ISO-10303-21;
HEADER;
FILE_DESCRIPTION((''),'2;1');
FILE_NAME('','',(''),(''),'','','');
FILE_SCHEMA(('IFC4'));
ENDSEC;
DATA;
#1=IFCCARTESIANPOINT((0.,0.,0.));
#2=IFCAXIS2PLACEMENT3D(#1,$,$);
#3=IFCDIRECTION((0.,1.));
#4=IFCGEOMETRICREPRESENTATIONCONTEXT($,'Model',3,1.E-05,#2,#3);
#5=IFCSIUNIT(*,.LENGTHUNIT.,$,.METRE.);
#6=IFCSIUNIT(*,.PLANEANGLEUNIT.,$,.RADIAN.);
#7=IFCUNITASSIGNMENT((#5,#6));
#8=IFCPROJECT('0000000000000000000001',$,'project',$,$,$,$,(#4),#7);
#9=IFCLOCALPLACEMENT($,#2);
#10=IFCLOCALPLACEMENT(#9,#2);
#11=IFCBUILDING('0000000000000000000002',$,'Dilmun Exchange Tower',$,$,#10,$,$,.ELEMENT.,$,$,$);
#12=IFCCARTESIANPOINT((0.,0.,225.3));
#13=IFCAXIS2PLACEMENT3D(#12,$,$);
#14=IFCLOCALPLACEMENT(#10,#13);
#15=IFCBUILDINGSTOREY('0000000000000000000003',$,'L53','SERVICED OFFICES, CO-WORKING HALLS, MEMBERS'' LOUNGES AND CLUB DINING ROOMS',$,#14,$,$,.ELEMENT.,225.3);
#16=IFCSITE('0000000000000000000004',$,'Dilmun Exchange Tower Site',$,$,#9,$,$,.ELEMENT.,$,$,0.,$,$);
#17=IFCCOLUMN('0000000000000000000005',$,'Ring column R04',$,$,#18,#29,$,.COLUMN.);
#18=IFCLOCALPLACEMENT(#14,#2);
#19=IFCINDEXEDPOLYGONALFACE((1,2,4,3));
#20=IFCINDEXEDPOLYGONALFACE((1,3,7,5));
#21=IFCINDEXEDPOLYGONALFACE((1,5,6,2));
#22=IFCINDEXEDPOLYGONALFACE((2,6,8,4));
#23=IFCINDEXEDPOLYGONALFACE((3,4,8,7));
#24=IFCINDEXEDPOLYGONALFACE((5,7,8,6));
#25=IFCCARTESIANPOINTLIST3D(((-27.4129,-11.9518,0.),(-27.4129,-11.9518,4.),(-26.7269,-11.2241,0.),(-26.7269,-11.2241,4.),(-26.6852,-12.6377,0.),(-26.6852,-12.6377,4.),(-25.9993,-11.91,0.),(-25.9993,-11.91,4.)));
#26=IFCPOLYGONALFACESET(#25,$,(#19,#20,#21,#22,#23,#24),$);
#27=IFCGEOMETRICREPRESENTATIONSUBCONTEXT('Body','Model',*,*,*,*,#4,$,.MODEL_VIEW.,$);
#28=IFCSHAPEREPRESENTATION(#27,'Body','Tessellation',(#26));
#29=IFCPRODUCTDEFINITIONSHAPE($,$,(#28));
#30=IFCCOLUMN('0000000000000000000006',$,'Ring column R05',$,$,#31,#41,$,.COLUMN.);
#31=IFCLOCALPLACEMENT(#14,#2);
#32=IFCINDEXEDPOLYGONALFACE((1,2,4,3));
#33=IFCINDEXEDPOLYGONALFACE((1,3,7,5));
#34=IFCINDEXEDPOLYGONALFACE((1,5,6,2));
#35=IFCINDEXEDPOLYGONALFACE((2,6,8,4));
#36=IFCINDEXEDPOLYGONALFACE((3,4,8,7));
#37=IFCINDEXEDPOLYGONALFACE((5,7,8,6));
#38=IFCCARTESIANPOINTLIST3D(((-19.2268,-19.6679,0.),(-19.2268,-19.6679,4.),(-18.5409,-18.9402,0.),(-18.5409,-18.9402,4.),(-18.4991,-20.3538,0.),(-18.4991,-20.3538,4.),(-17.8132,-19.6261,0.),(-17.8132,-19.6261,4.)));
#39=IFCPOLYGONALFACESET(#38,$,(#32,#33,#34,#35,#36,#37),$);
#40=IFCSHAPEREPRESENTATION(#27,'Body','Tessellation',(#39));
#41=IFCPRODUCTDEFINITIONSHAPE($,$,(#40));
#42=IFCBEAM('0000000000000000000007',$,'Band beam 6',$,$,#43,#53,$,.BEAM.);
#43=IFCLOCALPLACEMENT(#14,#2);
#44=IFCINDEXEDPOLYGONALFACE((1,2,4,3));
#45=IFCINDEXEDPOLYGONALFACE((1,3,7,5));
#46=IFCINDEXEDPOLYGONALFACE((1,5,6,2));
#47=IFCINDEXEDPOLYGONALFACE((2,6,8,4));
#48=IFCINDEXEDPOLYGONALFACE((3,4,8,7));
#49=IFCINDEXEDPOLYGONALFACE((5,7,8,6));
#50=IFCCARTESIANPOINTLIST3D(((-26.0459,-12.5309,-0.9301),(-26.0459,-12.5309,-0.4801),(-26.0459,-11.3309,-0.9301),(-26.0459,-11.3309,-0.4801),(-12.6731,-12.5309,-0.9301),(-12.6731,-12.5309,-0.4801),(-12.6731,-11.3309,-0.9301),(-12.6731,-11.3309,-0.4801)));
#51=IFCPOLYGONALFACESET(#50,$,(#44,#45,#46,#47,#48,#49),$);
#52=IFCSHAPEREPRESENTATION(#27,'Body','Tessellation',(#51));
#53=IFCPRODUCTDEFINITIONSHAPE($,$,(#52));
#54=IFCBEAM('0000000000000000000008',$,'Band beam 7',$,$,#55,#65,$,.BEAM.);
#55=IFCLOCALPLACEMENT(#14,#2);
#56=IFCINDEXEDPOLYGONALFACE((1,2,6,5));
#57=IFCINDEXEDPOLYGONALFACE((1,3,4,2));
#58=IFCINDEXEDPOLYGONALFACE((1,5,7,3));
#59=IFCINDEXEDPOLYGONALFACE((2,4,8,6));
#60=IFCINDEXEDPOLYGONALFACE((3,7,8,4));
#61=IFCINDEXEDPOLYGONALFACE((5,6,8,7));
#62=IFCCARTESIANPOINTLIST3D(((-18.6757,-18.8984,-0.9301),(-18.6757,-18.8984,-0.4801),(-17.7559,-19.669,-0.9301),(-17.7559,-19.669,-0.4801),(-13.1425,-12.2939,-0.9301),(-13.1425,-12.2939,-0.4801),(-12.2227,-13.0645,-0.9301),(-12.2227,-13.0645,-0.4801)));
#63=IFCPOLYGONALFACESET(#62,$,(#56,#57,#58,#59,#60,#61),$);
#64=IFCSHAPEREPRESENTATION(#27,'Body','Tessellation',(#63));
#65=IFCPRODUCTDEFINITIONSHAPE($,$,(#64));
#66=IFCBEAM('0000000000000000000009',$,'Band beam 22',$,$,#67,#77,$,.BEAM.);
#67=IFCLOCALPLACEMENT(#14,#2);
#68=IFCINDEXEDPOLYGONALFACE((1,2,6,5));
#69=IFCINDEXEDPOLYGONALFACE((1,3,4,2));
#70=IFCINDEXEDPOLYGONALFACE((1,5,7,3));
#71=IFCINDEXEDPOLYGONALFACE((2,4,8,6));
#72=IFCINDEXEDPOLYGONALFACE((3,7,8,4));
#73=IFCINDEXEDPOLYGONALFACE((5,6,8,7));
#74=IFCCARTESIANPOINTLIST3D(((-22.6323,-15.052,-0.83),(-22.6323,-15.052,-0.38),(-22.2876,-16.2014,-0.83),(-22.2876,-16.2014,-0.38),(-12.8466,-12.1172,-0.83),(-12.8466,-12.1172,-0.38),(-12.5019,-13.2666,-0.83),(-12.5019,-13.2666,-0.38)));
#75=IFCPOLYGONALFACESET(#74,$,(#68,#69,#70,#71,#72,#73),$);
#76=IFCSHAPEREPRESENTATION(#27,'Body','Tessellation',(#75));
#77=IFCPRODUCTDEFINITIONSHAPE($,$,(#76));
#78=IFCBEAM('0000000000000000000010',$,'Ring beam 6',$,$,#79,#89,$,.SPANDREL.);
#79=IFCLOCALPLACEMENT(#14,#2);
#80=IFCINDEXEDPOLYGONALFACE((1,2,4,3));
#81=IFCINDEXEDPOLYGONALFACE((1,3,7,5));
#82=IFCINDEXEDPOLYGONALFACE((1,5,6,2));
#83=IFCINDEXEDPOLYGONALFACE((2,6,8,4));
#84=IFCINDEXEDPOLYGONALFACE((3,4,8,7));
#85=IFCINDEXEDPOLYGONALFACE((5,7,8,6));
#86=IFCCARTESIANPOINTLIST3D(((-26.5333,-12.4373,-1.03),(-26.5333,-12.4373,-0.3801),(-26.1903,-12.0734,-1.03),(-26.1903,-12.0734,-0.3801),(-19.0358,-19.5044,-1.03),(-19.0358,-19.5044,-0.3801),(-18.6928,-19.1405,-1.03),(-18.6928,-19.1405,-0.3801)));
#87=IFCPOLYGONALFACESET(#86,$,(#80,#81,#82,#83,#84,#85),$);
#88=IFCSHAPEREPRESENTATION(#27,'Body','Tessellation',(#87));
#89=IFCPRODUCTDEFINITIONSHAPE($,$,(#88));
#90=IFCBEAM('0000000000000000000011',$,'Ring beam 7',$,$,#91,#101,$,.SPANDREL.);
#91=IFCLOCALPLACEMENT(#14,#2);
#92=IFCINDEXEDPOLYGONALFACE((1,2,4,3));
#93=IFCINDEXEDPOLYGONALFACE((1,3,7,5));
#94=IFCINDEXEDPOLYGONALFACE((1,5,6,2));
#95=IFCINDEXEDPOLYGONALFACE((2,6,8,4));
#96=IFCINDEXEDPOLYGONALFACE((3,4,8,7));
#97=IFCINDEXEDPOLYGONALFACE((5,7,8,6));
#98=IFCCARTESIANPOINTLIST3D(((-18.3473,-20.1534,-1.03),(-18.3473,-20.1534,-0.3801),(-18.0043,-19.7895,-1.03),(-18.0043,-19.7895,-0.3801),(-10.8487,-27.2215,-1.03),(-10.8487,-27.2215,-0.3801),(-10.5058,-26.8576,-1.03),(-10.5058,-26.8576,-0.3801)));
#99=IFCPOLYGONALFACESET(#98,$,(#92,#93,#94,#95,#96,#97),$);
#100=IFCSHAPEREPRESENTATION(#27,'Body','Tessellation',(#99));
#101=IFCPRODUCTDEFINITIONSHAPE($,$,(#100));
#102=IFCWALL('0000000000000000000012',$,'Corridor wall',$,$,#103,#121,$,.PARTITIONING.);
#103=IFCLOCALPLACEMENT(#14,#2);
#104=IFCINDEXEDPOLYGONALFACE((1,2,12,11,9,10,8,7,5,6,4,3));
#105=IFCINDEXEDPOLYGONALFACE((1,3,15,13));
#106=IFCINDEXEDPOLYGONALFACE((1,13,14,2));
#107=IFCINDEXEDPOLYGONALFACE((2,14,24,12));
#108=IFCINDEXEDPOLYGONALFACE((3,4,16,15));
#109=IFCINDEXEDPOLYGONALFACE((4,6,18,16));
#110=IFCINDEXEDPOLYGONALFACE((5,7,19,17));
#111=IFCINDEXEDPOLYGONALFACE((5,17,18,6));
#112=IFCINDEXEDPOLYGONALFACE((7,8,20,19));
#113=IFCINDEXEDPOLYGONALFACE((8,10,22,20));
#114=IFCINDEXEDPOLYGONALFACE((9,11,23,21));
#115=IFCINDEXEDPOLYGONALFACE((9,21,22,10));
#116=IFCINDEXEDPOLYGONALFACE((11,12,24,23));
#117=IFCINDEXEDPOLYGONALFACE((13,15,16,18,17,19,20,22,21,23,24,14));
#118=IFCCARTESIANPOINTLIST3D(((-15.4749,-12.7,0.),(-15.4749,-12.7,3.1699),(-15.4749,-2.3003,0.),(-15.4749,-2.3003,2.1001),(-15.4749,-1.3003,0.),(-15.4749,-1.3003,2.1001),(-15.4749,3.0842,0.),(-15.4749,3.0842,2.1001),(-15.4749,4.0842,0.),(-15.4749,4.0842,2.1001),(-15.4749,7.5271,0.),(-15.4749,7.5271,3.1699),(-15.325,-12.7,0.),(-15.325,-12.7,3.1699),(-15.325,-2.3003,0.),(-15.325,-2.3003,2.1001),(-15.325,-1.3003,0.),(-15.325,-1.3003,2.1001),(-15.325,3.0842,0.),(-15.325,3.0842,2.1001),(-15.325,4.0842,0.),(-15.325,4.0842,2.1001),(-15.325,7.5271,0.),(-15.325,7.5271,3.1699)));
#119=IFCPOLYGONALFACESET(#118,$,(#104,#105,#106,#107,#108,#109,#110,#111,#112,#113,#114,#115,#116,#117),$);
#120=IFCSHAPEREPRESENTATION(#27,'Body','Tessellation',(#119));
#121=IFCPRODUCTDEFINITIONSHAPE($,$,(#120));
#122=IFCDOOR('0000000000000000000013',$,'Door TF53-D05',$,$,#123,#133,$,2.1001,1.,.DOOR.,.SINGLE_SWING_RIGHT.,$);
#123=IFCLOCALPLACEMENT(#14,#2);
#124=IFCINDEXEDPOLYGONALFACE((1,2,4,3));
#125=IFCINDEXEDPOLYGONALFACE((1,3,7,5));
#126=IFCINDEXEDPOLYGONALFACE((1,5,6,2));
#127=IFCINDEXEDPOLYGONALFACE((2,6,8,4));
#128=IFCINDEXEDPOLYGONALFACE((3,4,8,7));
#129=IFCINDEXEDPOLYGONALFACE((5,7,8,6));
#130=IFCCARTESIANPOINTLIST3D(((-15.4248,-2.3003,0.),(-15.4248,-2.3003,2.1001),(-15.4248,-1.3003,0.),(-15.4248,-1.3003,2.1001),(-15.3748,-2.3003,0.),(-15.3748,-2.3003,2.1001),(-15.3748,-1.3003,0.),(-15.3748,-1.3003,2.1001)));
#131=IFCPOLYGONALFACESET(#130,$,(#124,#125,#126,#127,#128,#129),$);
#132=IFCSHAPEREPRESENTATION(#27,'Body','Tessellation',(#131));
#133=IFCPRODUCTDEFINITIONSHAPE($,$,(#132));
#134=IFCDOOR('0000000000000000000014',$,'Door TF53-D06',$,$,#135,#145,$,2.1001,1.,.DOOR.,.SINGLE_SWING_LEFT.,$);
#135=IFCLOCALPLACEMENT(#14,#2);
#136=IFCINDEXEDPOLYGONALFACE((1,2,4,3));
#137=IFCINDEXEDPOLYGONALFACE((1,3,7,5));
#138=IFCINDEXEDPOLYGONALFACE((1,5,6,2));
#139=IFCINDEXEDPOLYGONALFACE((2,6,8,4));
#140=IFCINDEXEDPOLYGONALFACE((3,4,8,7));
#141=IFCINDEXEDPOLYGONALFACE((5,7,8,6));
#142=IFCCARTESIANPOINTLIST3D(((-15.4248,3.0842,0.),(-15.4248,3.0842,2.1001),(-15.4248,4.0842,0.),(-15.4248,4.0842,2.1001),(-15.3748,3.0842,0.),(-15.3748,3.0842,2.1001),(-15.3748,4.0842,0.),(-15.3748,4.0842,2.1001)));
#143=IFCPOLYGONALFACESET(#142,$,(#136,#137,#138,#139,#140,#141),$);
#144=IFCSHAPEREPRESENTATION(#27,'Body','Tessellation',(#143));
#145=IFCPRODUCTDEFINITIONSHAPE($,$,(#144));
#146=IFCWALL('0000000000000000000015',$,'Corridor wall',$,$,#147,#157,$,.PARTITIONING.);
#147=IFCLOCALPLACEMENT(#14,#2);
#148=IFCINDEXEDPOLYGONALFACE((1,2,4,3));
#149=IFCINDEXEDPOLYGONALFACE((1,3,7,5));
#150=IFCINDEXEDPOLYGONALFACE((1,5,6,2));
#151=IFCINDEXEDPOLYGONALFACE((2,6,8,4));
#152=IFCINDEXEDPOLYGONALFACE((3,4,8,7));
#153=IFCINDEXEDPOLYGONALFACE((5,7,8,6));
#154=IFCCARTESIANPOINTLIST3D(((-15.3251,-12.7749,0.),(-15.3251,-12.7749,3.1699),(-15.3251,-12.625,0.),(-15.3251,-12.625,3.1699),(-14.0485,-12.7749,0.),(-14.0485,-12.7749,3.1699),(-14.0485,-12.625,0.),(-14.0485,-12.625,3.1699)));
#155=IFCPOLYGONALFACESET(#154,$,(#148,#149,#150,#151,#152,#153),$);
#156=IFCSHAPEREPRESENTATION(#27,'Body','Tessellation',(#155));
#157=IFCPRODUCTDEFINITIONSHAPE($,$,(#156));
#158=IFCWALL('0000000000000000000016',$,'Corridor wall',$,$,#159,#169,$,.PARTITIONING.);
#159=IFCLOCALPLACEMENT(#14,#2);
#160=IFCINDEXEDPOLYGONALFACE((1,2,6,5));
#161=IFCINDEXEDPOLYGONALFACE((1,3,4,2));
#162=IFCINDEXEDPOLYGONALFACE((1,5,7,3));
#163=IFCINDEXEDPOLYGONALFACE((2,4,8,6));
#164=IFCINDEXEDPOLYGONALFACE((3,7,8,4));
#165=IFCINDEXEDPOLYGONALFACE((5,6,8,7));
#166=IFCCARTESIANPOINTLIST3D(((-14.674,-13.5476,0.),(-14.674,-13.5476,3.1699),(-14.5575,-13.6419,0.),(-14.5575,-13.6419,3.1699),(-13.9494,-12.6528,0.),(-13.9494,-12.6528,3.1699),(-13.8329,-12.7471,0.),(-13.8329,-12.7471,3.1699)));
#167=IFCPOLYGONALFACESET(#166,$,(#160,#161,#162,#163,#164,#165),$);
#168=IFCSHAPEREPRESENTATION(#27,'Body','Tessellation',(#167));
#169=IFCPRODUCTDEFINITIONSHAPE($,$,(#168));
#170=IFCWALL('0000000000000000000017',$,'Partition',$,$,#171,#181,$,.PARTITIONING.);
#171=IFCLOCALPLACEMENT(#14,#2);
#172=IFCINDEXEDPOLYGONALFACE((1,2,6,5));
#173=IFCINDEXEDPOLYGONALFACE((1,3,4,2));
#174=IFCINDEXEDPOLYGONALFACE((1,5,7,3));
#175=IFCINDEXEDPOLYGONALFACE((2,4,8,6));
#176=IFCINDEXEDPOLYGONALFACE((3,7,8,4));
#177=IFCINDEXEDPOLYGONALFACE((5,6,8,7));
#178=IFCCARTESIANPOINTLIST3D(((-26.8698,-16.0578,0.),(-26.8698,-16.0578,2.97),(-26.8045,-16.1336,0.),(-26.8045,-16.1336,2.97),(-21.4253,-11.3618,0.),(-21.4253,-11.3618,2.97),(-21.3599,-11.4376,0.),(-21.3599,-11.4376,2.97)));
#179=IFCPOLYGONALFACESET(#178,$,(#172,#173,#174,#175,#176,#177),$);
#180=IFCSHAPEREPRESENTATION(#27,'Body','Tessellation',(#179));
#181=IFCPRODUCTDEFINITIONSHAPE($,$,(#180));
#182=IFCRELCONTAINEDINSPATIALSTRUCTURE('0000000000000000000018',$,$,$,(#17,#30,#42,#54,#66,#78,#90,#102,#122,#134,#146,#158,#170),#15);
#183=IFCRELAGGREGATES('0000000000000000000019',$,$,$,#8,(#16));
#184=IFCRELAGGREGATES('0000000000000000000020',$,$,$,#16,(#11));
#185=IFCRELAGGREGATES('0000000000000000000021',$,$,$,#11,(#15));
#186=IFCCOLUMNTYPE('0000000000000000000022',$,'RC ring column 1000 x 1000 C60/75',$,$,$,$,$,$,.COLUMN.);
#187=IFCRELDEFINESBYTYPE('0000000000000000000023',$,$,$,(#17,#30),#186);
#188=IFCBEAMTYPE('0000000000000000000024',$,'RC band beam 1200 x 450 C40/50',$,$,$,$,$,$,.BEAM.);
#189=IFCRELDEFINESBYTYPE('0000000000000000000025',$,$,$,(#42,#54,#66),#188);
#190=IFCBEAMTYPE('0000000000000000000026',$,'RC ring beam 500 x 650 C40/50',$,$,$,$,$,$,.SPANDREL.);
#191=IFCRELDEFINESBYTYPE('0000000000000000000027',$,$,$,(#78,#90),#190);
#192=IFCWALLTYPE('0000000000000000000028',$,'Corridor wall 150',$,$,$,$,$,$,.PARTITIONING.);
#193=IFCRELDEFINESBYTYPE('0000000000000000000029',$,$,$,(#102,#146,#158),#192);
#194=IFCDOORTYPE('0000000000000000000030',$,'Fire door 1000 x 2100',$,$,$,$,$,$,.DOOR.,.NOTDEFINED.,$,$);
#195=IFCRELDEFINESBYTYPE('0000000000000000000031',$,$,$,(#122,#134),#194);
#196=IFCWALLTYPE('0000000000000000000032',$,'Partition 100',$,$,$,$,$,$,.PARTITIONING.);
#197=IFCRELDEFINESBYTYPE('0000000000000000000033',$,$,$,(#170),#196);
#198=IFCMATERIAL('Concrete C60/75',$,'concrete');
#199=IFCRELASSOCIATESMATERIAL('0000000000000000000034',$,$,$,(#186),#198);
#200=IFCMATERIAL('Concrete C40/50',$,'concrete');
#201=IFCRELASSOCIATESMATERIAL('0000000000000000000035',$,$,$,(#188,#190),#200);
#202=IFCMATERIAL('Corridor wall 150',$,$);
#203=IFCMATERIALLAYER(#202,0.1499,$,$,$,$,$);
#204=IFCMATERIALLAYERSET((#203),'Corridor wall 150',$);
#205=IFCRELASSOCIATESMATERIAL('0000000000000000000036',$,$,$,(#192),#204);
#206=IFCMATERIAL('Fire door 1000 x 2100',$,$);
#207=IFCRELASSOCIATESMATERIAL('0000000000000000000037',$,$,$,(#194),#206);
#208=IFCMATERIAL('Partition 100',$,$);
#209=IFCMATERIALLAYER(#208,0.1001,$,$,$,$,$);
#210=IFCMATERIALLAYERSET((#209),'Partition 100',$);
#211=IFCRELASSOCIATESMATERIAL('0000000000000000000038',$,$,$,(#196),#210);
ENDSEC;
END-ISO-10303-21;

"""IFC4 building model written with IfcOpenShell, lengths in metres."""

from ifc_helpers import new_model, si_unit, direction, frame, frame_2d, origin, origin_2d, place, context, subcontext, project, spatial, rectangle, extrude, material, layer, layer_set, material_profile, profile_set, type_object, element, fill, save


model = new_model("IFC4")

# Units and contexts
model_context = context("Model", 3, precision=1e-05, world=origin(), true_north=direction((0.0, 1.0)))
body_context = subcontext(model_context, "Body", "Model", "MODEL_VIEW")
ifc_project = project(units=[si_unit("LENGTHUNIT", "METRE"), si_unit("PLANEANGLEUNIT", "RADIAN")], contexts=[model_context])

# Site, building, storey
site_placement = place(None, origin())
site = spatial("IfcSite", under=ifc_project, at=site_placement, Name="Dilmun Exchange Tower Site", CompositionType="ELEMENT", RefElevation=0.0)
building_placement = place(site_placement, origin())
building = spatial("IfcBuilding", under=site, at=building_placement, Name="Dilmun Exchange Tower", CompositionType="ELEMENT")
storey_placement = place(building_placement, frame((0.0, 0.0, 225.3)))
storey = spatial("IfcBuildingStorey", under=building, at=storey_placement, Name="L53", Description="SERVICED OFFICES, CO-WORKING HALLS, MEMBERS' LOUNGES AND CLUB DINING ROOMS", CompositionType="ELEMENT", Elevation=225.3)

# Columns
ifc_material_1 = material(Name="Concrete C60/75", Category="concrete")
ifc_material_profile_1 = material_profile(ifc_material_1, rectangle(XDim=1.0, YDim=1.0, at=origin_2d()), Name="1000 x 1000")
ifc_profile_set_1 = profile_set([ifc_material_profile_1], Name="Concrete C60/75")
column_type = type_object("IfcColumnType", Name="RC ring column 1000 x 1000 C60/75", PredefinedType="COLUMN", material=ifc_profile_set_1)
for number, where, z_axis, x_axis, name in (
    (1, (-26.7061, -11.9309, 0.0), (0.0, 0.0, 1.0), (0.685916, 0.727681, 0.0), "Ring column R04"),
    (2, (-18.52, -19.647, 0.0), (0.0, 0.0, 1.0), (0.685916, 0.727681, 0.0), "Ring column R05"),
):
    element("IfcColumn", number, at=place(storey_placement, frame(where, z_axis=z_axis, x_axis=x_axis)), inside=storey, type_object=column_type, Name=name, PredefinedType="COLUMN", context=body_context, shape_type="SweptSolid", body=[
        extrude(rectangle(XDim=1.0, YDim=1.0, at=origin_2d()), origin(), (0.0, 0.0, 1.0), 4.0),
    ])

# Beams
ifc_material_2 = material(Name="Concrete C40/50", Category="concrete")
ifc_material_profile_2 = material_profile(ifc_material_2, rectangle(XDim=1.2, YDim=0.45, at=origin_2d()), Name="1200 x 450")
ifc_profile_set_2 = profile_set([ifc_material_profile_2], Name="Concrete C40/50")
beam_type_1 = type_object("IfcBeamType", Name="RC band beam 1200 x 450 C40/50", PredefinedType="BEAM", material=ifc_profile_set_2)
beam_1_placement = place(storey_placement, frame((-26.0459, -11.9309, -0.7051), z_axis=(1.0, 0.0, 0.0), x_axis=(0.0, 1.0, 0.0)))
element("IfcBeam", 3, at=beam_1_placement, inside=storey, type_object=beam_type_1, Name="Band beam 6", PredefinedType="BEAM", context=body_context, shape_type="SweptSolid", body=[
    extrude(rectangle(XDim=1.2, YDim=0.45, at=origin_2d()), origin(), (0.0, 0.0, 1.0), 13.3728),
])
beam_2_placement = place(storey_placement, frame((-18.2158, -19.2837, -0.7051), z_axis=(0.6422, 0.766537, 0.0), x_axis=(-0.766537, 0.6422, 0.0)))
element("IfcBeam", 4, at=beam_2_placement, inside=storey, type_object=beam_type_1, Name="Band beam 7", PredefinedType="BEAM", context=body_context, shape_type="SweptSolid", body=[
    extrude(rectangle(XDim=1.2, YDim=0.45, at=origin_2d()), origin(), (0.0, 0.0, 1.0), 8.616),
])
beam_3_placement = place(storey_placement, frame((-22.46, -15.6267, -0.605), z_axis=(0.95785, 0.287269, 0.0), x_axis=(-0.287269, 0.95785, 0.0)))
element("IfcBeam", 5, at=beam_3_placement, inside=storey, type_object=beam_type_1, Name="Band beam 22", PredefinedType="BEAM", context=body_context, shape_type="SweptSolid", body=[
    extrude(rectangle(XDim=1.2, YDim=0.45, at=origin_2d()), origin(), (0.0, 0.0, 1.0), 10.2163),
])
ifc_material_profile_3 = material_profile(ifc_material_2, rectangle(XDim=0.5, YDim=0.6499, at=origin_2d()), Name="500 x 650")
ifc_profile_set_3 = profile_set([ifc_material_profile_3], Name="Concrete C40/50")
beam_type_2 = type_object("IfcBeamType", Name="RC ring beam 500 x 650 C40/50", PredefinedType="SPANDREL", material=ifc_profile_set_3)
beam_4_placement = place(storey_placement, frame((-26.3618, -12.2554, -0.7051), z_axis=(0.727686, -0.685911, 0.0), x_axis=(0.685911, 0.727686, 0.0)))
element("IfcBeam", 6, at=beam_4_placement, inside=storey, type_object=beam_type_2, Name="Ring beam 6", PredefinedType="SPANDREL", context=body_context, shape_type="SweptSolid", body=[
    extrude(rectangle(XDim=0.5, YDim=0.6499, at=origin_2d()), origin(), (0.0, 0.0, 1.0), 10.3032),
])
beam_5_placement = place(storey_placement, frame((-18.1758, -19.9714, -0.7051), z_axis=(0.727683, -0.685914, 0.0), x_axis=(0.685914, 0.727683, 0.0)))
element("IfcBeam", 7, at=beam_5_placement, inside=storey, type_object=beam_type_2, Name="Ring beam 7", PredefinedType="SPANDREL", context=body_context, shape_type="SweptSolid", body=[
    extrude(rectangle(XDim=0.5, YDim=0.6499, at=origin_2d()), origin(), (0.0, 0.0, 1.0), 10.3047),
])

# Wall, openings, doors
ifc_material_3 = material(Name="Corridor wall 150")
ifc_layer_1 = layer(ifc_material_3, 0.1499)
ifc_layer_set_1 = layer_set([ifc_layer_1], Name="Corridor wall 150")
wall_type_1 = type_object("IfcWallType", Name="Corridor wall 150", PredefinedType="PARTITIONING", material=ifc_layer_set_1)
wall_1_placement = place(storey_placement, frame((-15.3999, -12.7, 0.0), z_axis=(0.0, 0.0, 1.0), x_axis=(0.0, 1.0, 0.0)))
wall_1 = element("IfcWall", 8, at=wall_1_placement, inside=storey, type_object=wall_type_1, Name="Corridor wall", PredefinedType="PARTITIONING", context=body_context, shape_type="SweptSolid", body=[
    extrude(rectangle(XDim=20.2271, YDim=0.1499, at=frame_2d((10.1135, 0.0))), origin(), (0.0, 0.0, 1.0), 3.1699),
])
opening_1_placement = place(wall_1_placement, frame((10.3997, 0.0, 0.0)))
opening_1 = element("IfcOpeningElement", 9, at=opening_1_placement, cuts=wall_1, PredefinedType="OPENING", context=body_context, shape_type="SweptSolid", body=[
    extrude(rectangle(XDim=1.0, YDim=2.1001, at=frame_2d((0.5, 1.05))), frame((0.0, 0.085, 0.0), z_axis=(0.0, -1.0, 0.0), x_axis=(1.0, 0.0, 0.0)), (0.0, 0.0, 1.0), 0.1699),
])
opening_2_placement = place(wall_1_placement, frame((15.7842, 0.0, 0.0)))
opening_2 = element("IfcOpeningElement", 10, at=opening_2_placement, cuts=wall_1, PredefinedType="OPENING", context=body_context, shape_type="SweptSolid", body=[
    extrude(rectangle(XDim=1.0, YDim=2.1001, at=frame_2d((0.5, 1.05))), frame((0.0, 0.085, 0.0), z_axis=(0.0, -1.0, 0.0), x_axis=(1.0, 0.0, 0.0)), (0.0, 0.0, 1.0), 0.1699),
])
ifc_material_4 = material(Name="Fire door 1000 x 2100")
door_type = type_object("IfcDoorType", Name="Fire door 1000 x 2100", OperationType="NOTDEFINED", PredefinedType="DOOR", material=ifc_material_4)
door_1_placement = place(opening_1_placement, origin())
door_1 = element("IfcDoor", 11, at=door_1_placement, inside=storey, type_object=door_type, Name="Door TF53-D05", OperationType="SINGLE_SWING_RIGHT", OverallHeight=2.1001, OverallWidth=1.0, PredefinedType="DOOR", context=body_context, shape_type="SweptSolid", body=[
    extrude(rectangle(XDim=1.0, YDim=2.1001, at=frame_2d((0.5, 1.05))), frame((0.0, 0.0249, 0.0), z_axis=(0.0, -1.0, 0.0), x_axis=(1.0, 0.0, 0.0)), (0.0, 0.0, 1.0), 0.05),
])
fill(opening_1, door_1)
door_2_placement = place(opening_2_placement, origin())
door_2 = element("IfcDoor", 12, at=door_2_placement, inside=storey, type_object=door_type, Name="Door TF53-D06", OperationType="SINGLE_SWING_LEFT", OverallHeight=2.1001, OverallWidth=1.0, PredefinedType="DOOR", context=body_context, shape_type="SweptSolid", body=[
    extrude(rectangle(XDim=1.0, YDim=2.1001, at=frame_2d((0.5, 1.05))), frame((0.0, 0.0249, 0.0), z_axis=(0.0, -1.0, 0.0), x_axis=(1.0, 0.0, 0.0)), (0.0, 0.0, 1.0), 0.05),
])
fill(opening_2, door_2)

# Walls
wall_2_placement = place(storey_placement, frame((-15.325, -12.7, 0.0), z_axis=(0.0, 0.0, 1.0), x_axis=(1.0, 0.0, 0.0)))
element("IfcWall", 13, at=wall_2_placement, inside=storey, type_object=wall_type_1, Name="Corridor wall", PredefinedType="PARTITIONING", context=body_context, shape_type="SweptSolid", body=[
    extrude(rectangle(XDim=1.2766, YDim=0.1499, at=frame_2d((0.6382, 0.0))), origin(), (0.0, 0.0, 1.0), 3.1699),
])
wall_3_placement = place(storey_placement, frame((-14.6157, -13.5947, 0.0), z_axis=(0.0, 0.0, 1.0), x_axis=(0.629339, 0.777131, 0.0)))
element("IfcWall", 14, at=wall_3_placement, inside=storey, type_object=wall_type_1, Name="Corridor wall", PredefinedType="PARTITIONING", context=body_context, shape_type="SweptSolid", body=[
    extrude(rectangle(XDim=1.1514, YDim=0.1499, at=frame_2d((0.5757, 0.0))), origin(), (0.0, 0.0, 1.0), 3.1699),
])
ifc_material_5 = material(Name="Partition 100")
ifc_layer_2 = layer(ifc_material_5, 0.1001)
ifc_layer_set_2 = layer_set([ifc_layer_2], Name="Partition 100")
wall_type_2 = type_object("IfcWallType", Name="Partition 100", PredefinedType="PARTITIONING", material=ifc_layer_set_2)
wall_4_placement = place(storey_placement, frame((-26.8372, -16.0957, 0.0), z_axis=(0.0, 0.0, 1.0), x_axis=(0.757242, 0.653134, 0.0)))
element("IfcWall", 15, at=wall_4_placement, inside=storey, type_object=wall_type_2, Name="Partition", PredefinedType="PARTITIONING", context=body_context, shape_type="SweptSolid", body=[
    extrude(rectangle(XDim=7.1899, YDim=0.1001, at=frame_2d((3.595, 0.0))), origin(), (0.0, 0.0, 1.0), 2.97),
])

save(model, "model.ifc")
